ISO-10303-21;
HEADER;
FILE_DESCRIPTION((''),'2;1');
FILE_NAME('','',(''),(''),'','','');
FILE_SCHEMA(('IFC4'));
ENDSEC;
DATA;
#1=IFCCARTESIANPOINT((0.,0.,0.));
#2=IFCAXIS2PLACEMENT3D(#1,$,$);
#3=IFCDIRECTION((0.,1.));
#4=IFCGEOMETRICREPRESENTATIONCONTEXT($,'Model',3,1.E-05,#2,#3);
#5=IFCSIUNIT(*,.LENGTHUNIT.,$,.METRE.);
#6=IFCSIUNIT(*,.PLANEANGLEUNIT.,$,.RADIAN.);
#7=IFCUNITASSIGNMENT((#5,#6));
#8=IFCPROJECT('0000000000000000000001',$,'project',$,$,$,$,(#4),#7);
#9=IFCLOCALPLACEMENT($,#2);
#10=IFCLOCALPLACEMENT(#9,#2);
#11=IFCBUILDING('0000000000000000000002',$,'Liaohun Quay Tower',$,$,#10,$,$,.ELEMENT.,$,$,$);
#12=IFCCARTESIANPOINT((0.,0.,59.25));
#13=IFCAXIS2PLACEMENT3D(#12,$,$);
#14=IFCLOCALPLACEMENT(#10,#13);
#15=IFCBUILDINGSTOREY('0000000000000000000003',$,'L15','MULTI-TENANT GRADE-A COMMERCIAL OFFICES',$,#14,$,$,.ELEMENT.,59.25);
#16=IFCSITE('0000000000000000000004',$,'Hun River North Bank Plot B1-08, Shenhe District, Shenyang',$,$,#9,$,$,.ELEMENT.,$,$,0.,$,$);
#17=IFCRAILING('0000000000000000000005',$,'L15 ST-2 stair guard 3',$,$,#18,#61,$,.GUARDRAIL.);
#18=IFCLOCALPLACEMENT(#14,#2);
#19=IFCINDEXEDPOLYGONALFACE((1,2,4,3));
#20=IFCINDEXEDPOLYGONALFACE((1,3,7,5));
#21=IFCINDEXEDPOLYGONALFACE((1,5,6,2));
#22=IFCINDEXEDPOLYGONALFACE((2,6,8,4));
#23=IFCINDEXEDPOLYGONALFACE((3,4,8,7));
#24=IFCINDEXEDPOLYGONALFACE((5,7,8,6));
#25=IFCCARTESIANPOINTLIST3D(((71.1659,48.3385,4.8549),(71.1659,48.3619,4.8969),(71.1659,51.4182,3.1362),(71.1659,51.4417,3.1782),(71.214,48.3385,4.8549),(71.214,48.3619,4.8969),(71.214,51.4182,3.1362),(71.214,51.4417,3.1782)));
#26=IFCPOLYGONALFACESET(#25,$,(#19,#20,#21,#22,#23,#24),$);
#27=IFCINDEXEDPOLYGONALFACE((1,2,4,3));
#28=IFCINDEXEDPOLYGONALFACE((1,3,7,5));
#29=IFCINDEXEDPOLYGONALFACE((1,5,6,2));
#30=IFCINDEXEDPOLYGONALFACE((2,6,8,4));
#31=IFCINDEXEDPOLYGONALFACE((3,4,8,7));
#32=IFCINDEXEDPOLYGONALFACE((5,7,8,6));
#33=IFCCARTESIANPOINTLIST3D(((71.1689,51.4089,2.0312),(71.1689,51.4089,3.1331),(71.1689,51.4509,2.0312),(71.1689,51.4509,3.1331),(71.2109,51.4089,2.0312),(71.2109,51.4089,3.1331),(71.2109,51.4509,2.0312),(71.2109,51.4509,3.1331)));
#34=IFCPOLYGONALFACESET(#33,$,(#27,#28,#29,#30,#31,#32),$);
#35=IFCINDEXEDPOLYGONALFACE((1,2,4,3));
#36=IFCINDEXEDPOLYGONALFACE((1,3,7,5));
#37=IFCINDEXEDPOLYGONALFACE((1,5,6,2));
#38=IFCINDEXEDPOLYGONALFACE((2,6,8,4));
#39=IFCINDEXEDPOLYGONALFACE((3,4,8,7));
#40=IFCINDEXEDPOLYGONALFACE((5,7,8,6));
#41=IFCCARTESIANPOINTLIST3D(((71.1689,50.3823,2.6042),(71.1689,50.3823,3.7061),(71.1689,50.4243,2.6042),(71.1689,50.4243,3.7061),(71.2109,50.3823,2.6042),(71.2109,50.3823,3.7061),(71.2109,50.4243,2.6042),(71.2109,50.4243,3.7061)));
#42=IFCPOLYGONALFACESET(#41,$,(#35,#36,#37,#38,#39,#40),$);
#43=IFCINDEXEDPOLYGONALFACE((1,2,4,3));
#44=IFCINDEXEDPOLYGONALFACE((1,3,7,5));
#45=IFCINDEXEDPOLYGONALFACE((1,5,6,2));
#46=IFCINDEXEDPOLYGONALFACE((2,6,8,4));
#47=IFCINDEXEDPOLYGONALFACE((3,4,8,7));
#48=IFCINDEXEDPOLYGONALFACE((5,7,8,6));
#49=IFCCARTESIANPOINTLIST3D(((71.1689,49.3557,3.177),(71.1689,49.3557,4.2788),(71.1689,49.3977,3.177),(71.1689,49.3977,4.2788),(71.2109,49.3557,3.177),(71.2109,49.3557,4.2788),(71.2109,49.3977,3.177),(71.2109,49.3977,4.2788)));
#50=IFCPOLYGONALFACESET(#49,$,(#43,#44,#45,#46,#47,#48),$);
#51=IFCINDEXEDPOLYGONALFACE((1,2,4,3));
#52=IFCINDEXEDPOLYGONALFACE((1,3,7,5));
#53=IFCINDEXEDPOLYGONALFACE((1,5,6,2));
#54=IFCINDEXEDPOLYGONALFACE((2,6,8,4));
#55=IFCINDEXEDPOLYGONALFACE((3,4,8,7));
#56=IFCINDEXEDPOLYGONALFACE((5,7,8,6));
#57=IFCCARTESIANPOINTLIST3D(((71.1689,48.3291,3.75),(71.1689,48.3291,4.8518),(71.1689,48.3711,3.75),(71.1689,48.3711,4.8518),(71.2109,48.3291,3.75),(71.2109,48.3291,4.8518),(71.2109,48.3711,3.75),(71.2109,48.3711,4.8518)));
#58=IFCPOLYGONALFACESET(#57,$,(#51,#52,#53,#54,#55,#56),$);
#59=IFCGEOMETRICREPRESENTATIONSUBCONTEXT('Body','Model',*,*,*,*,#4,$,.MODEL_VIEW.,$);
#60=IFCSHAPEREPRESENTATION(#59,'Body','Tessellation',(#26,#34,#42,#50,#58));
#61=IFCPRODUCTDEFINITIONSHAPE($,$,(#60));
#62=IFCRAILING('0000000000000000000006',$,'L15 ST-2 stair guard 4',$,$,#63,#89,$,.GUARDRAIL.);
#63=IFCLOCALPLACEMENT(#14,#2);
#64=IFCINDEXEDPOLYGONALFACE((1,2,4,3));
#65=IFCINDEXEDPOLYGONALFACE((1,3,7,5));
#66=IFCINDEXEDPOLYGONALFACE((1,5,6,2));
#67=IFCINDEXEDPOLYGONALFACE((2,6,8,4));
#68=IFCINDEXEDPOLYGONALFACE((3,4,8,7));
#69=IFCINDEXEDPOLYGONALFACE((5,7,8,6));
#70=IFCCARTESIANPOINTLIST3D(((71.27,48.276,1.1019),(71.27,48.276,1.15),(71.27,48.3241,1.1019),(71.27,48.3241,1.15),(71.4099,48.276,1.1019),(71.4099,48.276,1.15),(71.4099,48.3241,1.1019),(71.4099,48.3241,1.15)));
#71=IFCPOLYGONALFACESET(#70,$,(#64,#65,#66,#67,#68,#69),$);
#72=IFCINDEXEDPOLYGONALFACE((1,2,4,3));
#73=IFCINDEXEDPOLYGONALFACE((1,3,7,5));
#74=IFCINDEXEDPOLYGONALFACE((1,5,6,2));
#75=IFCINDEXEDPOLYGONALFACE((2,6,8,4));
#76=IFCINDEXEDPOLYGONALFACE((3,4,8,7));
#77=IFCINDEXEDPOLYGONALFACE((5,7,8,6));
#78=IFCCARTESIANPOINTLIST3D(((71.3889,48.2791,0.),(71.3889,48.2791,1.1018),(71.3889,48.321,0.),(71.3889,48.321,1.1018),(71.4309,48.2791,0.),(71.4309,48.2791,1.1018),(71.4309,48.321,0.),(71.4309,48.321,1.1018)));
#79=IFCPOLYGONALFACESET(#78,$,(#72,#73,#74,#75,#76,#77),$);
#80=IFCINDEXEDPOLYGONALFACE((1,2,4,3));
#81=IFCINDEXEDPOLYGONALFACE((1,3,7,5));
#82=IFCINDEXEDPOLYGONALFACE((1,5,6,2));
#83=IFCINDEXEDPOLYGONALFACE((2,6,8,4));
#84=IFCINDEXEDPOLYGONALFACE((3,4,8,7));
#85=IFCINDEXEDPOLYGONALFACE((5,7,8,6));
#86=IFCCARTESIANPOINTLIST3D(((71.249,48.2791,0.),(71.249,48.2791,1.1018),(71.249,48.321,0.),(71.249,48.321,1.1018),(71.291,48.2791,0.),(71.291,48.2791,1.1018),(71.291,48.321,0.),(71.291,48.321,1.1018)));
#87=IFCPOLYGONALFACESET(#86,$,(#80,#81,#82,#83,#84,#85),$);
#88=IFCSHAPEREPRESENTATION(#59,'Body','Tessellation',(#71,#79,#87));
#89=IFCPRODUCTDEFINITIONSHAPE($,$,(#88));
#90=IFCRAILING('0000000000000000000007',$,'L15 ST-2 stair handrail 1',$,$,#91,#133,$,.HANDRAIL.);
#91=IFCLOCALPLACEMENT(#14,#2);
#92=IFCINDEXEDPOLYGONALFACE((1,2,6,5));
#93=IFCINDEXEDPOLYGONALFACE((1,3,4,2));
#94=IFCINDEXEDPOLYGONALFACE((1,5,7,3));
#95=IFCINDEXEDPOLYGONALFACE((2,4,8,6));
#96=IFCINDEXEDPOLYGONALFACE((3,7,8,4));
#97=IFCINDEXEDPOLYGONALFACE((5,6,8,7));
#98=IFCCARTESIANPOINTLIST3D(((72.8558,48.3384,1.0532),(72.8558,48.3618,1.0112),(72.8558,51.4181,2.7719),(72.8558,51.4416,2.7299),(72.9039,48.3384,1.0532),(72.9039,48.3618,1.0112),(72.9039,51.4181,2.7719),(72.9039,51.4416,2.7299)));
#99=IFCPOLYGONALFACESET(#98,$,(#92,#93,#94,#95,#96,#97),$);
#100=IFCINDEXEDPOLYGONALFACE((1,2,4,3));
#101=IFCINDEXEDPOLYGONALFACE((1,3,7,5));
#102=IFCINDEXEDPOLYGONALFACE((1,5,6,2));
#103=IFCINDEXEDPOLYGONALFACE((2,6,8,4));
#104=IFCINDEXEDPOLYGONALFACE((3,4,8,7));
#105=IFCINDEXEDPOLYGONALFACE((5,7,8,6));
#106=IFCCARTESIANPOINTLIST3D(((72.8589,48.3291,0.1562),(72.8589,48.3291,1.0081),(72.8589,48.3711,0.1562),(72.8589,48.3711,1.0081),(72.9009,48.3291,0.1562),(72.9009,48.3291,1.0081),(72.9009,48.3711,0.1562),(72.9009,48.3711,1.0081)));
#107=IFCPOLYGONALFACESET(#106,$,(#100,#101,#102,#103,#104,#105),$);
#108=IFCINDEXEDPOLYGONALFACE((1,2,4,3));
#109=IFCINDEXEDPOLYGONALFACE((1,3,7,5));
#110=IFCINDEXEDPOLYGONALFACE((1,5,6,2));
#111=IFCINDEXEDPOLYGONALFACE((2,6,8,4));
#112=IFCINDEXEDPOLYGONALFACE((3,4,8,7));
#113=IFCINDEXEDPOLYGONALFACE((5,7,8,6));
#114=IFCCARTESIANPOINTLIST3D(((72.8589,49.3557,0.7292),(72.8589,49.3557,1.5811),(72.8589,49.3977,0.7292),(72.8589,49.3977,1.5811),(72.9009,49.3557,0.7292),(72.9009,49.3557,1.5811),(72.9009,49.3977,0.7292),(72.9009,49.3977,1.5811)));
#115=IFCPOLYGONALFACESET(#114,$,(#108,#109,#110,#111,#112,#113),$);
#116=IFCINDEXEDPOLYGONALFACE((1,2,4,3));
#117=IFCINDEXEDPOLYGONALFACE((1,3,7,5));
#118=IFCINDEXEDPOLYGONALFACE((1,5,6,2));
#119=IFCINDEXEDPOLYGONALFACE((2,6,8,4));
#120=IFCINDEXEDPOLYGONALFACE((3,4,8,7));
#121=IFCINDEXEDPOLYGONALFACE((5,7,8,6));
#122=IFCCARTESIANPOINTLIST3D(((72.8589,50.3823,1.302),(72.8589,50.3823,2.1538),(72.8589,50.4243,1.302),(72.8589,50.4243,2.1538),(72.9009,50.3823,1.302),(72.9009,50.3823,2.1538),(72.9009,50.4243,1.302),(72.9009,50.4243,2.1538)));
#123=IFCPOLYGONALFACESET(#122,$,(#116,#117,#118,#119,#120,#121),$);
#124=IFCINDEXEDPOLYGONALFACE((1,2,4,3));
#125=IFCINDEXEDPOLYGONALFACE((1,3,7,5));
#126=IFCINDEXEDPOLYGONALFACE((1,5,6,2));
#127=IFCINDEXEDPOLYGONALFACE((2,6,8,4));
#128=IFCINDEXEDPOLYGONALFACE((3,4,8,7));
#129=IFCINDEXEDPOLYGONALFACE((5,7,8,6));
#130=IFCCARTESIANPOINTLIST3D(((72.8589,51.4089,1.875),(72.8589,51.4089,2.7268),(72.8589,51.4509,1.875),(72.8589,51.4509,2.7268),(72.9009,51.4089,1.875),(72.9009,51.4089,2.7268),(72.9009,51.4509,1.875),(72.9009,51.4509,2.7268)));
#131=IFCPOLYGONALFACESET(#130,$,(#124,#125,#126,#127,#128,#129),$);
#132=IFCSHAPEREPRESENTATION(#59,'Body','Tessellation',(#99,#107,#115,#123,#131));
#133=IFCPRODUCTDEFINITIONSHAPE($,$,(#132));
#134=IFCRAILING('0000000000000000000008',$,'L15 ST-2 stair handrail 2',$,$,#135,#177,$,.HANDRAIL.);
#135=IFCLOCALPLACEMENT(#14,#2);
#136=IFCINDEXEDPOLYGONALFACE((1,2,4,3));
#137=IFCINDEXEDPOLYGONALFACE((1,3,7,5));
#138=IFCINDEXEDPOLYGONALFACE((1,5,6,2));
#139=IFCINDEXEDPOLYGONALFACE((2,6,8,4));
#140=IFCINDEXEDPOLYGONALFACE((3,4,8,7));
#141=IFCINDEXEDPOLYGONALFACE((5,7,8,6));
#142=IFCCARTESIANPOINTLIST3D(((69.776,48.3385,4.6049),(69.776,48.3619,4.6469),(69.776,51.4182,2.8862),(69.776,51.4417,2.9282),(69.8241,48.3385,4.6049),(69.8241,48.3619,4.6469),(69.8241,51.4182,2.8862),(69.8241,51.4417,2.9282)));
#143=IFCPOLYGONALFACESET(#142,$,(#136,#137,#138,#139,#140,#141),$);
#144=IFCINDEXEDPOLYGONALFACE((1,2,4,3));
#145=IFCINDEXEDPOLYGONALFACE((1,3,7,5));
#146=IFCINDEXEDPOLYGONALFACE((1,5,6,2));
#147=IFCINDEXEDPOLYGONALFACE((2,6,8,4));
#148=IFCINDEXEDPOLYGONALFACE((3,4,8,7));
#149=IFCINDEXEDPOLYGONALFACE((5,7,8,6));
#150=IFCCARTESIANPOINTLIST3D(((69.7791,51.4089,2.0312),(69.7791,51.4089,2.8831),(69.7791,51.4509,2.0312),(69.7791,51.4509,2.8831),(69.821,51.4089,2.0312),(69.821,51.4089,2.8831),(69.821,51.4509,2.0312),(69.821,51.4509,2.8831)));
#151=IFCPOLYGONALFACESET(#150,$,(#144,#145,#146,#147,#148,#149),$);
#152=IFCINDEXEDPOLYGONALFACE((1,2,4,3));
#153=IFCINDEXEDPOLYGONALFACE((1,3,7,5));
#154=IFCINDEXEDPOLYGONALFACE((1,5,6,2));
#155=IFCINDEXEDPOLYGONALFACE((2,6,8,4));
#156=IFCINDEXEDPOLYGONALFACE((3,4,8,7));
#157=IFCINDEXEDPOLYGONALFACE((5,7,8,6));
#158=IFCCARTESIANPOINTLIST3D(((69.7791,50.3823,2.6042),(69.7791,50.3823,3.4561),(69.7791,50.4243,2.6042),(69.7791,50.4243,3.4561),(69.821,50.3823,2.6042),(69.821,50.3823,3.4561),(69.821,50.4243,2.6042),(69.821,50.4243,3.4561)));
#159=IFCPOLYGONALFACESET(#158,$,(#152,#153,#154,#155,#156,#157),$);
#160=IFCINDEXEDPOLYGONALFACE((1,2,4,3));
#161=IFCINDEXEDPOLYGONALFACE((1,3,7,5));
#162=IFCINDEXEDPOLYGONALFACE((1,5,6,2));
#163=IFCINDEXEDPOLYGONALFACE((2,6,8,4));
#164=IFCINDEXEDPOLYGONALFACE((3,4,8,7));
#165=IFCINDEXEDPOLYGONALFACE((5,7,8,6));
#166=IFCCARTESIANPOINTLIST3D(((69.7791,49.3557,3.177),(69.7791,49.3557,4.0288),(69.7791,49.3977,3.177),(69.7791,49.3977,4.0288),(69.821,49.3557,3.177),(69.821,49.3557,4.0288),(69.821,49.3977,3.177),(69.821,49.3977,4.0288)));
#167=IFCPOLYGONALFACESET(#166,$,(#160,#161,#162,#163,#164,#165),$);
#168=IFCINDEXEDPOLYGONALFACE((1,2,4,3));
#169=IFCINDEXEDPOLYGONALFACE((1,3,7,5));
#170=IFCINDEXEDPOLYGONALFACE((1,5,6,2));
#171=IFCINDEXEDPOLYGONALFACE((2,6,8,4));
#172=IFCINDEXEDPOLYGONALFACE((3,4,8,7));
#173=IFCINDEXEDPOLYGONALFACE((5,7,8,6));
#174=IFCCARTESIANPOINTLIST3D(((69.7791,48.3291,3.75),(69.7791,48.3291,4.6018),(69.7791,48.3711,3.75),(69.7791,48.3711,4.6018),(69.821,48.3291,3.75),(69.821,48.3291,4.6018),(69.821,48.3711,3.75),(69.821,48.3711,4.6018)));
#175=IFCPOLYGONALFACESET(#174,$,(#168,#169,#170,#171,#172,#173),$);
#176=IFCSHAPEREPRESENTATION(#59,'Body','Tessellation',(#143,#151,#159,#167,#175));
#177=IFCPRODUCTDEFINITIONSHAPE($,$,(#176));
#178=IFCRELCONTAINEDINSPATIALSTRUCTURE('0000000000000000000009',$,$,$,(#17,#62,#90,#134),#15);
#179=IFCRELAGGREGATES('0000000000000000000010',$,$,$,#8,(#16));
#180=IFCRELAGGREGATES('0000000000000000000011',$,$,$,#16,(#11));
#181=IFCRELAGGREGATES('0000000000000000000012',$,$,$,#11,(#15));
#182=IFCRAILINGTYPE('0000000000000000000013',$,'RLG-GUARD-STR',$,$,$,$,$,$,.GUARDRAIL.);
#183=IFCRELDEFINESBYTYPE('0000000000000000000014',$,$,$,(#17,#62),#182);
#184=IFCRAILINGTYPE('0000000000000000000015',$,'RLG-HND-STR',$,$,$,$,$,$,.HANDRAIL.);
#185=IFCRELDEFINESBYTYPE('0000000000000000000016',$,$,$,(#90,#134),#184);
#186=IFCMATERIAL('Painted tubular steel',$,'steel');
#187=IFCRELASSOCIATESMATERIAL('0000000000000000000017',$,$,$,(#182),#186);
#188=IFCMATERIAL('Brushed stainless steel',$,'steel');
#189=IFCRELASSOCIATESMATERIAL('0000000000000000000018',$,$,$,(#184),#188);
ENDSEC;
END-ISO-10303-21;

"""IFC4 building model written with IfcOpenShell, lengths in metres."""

from ifc_helpers import new_model, si_unit, direction, frame, origin, origin_2d, place, context, subcontext, project, spatial, rectangle, extrude, material, type_object, element, save


model = new_model("IFC4")

# Units and contexts
model_context = context("Model", 3, precision=1e-05, world=origin(), true_north=direction((0.0, 1.0)))
body_context = subcontext(model_context, "Body", "Model", "MODEL_VIEW")
ifc_project = project(units=[si_unit("LENGTHUNIT", "METRE"), si_unit("PLANEANGLEUNIT", "RADIAN")], contexts=[model_context])

# Site, building, storey
site_placement = place(None, origin())
site = spatial("IfcSite", under=ifc_project, at=site_placement, Name="Hun River North Bank Plot B1-08, Shenhe District, Shenyang", CompositionType="ELEMENT", RefElevation=0.0)
building_placement = place(site_placement, origin())
building = spatial("IfcBuilding", under=site, at=building_placement, Name="Liaohun Quay Tower", CompositionType="ELEMENT")
storey_placement = place(building_placement, frame((0.0, 0.0, 59.25)))
storey = spatial("IfcBuildingStorey", under=building, at=storey_placement, Name="L15", Description="MULTI-TENANT GRADE-A COMMERCIAL OFFICES", CompositionType="ELEMENT", Elevation=59.25)

# Railings
ifc_material_1 = material(Name="Painted tubular steel", Category="steel")
railing_type_1 = type_object("IfcRailingType", Name="RLG-GUARD-STR", PredefinedType="GUARDRAIL", material=ifc_material_1)
railing_1_placement = place(storey_placement, frame((71.1899, 51.4299, 2.0312)))
element("IfcRailing", 1, at=railing_1_placement, inside=storey, type_object=railing_type_1, Name="L15 ST-2 stair guard 3", PredefinedType="GUARDRAIL", context=body_context, shape_type="SweptSolid", body=[
    extrude(rectangle(XDim=0.0481, YDim=0.0481, at=origin_2d()), frame((0.0, 0.0, 1.126), z_axis=(0.0, -0.873225, 0.487317), x_axis=(1.0, 0.0, 0.0)), (0.0, 0.0, 1.0), 3.5269),
    extrude(rectangle(XDim=0.042, YDim=0.042, at=origin_2d()), origin(), (0.0, 0.0, 1.0), 1.1018),
    extrude(rectangle(XDim=0.042, YDim=0.042, at=origin_2d()), frame((0.0, -1.0266, 0.573)), (0.0, 0.0, 1.0), 1.1018),
    extrude(rectangle(XDim=0.042, YDim=0.042, at=origin_2d()), frame((0.0, -2.0532, 1.1458)), (0.0, 0.0, 1.0), 1.1018),
    extrude(rectangle(XDim=0.042, YDim=0.042, at=origin_2d()), frame((0.0, -3.0798, 1.7188)), (0.0, 0.0, 1.0), 1.1018),
])
railing_2_placement = place(storey_placement, frame((71.4099, 48.3, 0.0)))
element("IfcRailing", 2, at=railing_2_placement, inside=storey, type_object=railing_type_1, Name="L15 ST-2 stair guard 4", PredefinedType="GUARDRAIL", context=body_context, shape_type="SweptSolid", body=[
    extrude(rectangle(XDim=0.0481, YDim=0.0481, at=origin_2d()), frame((0.0, 0.0, 1.126), z_axis=(-1.0, 0.0, 0.0), x_axis=(0.0, -1.0, 0.0)), (0.0, 0.0, 1.0), 0.1399),
    extrude(rectangle(XDim=0.042, YDim=0.042, at=origin_2d()), origin(), (0.0, 0.0, 1.0), 1.1018),
    extrude(rectangle(XDim=0.042, YDim=0.042, at=origin_2d()), frame((-0.1399, 0.0, 0.0)), (0.0, 0.0, 1.0), 1.1018),
])
ifc_material_2 = material(Name="Brushed stainless steel", Category="steel")
railing_type_2 = type_object("IfcRailingType", Name="RLG-HND-STR", PredefinedType="HANDRAIL", material=ifc_material_2)
railing_3_placement = place(storey_placement, frame((72.8799, 48.3501, 0.1562)))
element("IfcRailing", 3, at=railing_3_placement, inside=storey, type_object=railing_type_2, Name="L15 ST-2 stair handrail 1", PredefinedType="HANDRAIL", context=body_context, shape_type="SweptSolid", body=[
    extrude(rectangle(XDim=0.0481, YDim=0.0481, at=origin_2d()), frame((0.0, 0.0, 0.876), z_axis=(0.0, 0.873225, 0.487317), x_axis=(-1.0, 0.0, 0.0)), (0.0, 0.0, 1.0), 3.5269),
    extrude(rectangle(XDim=0.042, YDim=0.042, at=origin_2d()), origin(), (0.0, 0.0, 1.0), 0.8518),
    extrude(rectangle(XDim=0.042, YDim=0.042, at=origin_2d()), frame((0.0, 1.0266, 0.573)), (0.0, 0.0, 1.0), 0.8518),
    extrude(rectangle(XDim=0.042, YDim=0.042, at=origin_2d()), frame((0.0, 2.0532, 1.1458)), (0.0, 0.0, 1.0), 0.8518),
    extrude(rectangle(XDim=0.042, YDim=0.042, at=origin_2d()), frame((0.0, 3.0798, 1.7188)), (0.0, 0.0, 1.0), 0.8518),
])
railing_4_placement = place(storey_placement, frame((69.8, 51.4299, 2.0312)))
element("IfcRailing", 4, at=railing_4_placement, inside=storey, type_object=railing_type_2, Name="L15 ST-2 stair handrail 2", PredefinedType="HANDRAIL", context=body_context, shape_type="SweptSolid", body=[
    extrude(rectangle(XDim=0.0481, YDim=0.0481, at=origin_2d()), frame((0.0, 0.0, 0.876), z_axis=(0.0, -0.873225, 0.487317), x_axis=(1.0, 0.0, 0.0)), (0.0, 0.0, 1.0), 3.5269),
    extrude(rectangle(XDim=0.042, YDim=0.042, at=origin_2d()), origin(), (0.0, 0.0, 1.0), 0.8518),
    extrude(rectangle(XDim=0.042, YDim=0.042, at=origin_2d()), frame((0.0, -1.0266, 0.573)), (0.0, 0.0, 1.0), 0.8518),
    extrude(rectangle(XDim=0.042, YDim=0.042, at=origin_2d()), frame((0.0, -2.0532, 1.1458)), (0.0, 0.0, 1.0), 0.8518),
    extrude(rectangle(XDim=0.042, YDim=0.042, at=origin_2d()), frame((0.0, -3.0798, 1.7188)), (0.0, 0.0, 1.0), 0.8518),
])

save(model, "model.ifc")
